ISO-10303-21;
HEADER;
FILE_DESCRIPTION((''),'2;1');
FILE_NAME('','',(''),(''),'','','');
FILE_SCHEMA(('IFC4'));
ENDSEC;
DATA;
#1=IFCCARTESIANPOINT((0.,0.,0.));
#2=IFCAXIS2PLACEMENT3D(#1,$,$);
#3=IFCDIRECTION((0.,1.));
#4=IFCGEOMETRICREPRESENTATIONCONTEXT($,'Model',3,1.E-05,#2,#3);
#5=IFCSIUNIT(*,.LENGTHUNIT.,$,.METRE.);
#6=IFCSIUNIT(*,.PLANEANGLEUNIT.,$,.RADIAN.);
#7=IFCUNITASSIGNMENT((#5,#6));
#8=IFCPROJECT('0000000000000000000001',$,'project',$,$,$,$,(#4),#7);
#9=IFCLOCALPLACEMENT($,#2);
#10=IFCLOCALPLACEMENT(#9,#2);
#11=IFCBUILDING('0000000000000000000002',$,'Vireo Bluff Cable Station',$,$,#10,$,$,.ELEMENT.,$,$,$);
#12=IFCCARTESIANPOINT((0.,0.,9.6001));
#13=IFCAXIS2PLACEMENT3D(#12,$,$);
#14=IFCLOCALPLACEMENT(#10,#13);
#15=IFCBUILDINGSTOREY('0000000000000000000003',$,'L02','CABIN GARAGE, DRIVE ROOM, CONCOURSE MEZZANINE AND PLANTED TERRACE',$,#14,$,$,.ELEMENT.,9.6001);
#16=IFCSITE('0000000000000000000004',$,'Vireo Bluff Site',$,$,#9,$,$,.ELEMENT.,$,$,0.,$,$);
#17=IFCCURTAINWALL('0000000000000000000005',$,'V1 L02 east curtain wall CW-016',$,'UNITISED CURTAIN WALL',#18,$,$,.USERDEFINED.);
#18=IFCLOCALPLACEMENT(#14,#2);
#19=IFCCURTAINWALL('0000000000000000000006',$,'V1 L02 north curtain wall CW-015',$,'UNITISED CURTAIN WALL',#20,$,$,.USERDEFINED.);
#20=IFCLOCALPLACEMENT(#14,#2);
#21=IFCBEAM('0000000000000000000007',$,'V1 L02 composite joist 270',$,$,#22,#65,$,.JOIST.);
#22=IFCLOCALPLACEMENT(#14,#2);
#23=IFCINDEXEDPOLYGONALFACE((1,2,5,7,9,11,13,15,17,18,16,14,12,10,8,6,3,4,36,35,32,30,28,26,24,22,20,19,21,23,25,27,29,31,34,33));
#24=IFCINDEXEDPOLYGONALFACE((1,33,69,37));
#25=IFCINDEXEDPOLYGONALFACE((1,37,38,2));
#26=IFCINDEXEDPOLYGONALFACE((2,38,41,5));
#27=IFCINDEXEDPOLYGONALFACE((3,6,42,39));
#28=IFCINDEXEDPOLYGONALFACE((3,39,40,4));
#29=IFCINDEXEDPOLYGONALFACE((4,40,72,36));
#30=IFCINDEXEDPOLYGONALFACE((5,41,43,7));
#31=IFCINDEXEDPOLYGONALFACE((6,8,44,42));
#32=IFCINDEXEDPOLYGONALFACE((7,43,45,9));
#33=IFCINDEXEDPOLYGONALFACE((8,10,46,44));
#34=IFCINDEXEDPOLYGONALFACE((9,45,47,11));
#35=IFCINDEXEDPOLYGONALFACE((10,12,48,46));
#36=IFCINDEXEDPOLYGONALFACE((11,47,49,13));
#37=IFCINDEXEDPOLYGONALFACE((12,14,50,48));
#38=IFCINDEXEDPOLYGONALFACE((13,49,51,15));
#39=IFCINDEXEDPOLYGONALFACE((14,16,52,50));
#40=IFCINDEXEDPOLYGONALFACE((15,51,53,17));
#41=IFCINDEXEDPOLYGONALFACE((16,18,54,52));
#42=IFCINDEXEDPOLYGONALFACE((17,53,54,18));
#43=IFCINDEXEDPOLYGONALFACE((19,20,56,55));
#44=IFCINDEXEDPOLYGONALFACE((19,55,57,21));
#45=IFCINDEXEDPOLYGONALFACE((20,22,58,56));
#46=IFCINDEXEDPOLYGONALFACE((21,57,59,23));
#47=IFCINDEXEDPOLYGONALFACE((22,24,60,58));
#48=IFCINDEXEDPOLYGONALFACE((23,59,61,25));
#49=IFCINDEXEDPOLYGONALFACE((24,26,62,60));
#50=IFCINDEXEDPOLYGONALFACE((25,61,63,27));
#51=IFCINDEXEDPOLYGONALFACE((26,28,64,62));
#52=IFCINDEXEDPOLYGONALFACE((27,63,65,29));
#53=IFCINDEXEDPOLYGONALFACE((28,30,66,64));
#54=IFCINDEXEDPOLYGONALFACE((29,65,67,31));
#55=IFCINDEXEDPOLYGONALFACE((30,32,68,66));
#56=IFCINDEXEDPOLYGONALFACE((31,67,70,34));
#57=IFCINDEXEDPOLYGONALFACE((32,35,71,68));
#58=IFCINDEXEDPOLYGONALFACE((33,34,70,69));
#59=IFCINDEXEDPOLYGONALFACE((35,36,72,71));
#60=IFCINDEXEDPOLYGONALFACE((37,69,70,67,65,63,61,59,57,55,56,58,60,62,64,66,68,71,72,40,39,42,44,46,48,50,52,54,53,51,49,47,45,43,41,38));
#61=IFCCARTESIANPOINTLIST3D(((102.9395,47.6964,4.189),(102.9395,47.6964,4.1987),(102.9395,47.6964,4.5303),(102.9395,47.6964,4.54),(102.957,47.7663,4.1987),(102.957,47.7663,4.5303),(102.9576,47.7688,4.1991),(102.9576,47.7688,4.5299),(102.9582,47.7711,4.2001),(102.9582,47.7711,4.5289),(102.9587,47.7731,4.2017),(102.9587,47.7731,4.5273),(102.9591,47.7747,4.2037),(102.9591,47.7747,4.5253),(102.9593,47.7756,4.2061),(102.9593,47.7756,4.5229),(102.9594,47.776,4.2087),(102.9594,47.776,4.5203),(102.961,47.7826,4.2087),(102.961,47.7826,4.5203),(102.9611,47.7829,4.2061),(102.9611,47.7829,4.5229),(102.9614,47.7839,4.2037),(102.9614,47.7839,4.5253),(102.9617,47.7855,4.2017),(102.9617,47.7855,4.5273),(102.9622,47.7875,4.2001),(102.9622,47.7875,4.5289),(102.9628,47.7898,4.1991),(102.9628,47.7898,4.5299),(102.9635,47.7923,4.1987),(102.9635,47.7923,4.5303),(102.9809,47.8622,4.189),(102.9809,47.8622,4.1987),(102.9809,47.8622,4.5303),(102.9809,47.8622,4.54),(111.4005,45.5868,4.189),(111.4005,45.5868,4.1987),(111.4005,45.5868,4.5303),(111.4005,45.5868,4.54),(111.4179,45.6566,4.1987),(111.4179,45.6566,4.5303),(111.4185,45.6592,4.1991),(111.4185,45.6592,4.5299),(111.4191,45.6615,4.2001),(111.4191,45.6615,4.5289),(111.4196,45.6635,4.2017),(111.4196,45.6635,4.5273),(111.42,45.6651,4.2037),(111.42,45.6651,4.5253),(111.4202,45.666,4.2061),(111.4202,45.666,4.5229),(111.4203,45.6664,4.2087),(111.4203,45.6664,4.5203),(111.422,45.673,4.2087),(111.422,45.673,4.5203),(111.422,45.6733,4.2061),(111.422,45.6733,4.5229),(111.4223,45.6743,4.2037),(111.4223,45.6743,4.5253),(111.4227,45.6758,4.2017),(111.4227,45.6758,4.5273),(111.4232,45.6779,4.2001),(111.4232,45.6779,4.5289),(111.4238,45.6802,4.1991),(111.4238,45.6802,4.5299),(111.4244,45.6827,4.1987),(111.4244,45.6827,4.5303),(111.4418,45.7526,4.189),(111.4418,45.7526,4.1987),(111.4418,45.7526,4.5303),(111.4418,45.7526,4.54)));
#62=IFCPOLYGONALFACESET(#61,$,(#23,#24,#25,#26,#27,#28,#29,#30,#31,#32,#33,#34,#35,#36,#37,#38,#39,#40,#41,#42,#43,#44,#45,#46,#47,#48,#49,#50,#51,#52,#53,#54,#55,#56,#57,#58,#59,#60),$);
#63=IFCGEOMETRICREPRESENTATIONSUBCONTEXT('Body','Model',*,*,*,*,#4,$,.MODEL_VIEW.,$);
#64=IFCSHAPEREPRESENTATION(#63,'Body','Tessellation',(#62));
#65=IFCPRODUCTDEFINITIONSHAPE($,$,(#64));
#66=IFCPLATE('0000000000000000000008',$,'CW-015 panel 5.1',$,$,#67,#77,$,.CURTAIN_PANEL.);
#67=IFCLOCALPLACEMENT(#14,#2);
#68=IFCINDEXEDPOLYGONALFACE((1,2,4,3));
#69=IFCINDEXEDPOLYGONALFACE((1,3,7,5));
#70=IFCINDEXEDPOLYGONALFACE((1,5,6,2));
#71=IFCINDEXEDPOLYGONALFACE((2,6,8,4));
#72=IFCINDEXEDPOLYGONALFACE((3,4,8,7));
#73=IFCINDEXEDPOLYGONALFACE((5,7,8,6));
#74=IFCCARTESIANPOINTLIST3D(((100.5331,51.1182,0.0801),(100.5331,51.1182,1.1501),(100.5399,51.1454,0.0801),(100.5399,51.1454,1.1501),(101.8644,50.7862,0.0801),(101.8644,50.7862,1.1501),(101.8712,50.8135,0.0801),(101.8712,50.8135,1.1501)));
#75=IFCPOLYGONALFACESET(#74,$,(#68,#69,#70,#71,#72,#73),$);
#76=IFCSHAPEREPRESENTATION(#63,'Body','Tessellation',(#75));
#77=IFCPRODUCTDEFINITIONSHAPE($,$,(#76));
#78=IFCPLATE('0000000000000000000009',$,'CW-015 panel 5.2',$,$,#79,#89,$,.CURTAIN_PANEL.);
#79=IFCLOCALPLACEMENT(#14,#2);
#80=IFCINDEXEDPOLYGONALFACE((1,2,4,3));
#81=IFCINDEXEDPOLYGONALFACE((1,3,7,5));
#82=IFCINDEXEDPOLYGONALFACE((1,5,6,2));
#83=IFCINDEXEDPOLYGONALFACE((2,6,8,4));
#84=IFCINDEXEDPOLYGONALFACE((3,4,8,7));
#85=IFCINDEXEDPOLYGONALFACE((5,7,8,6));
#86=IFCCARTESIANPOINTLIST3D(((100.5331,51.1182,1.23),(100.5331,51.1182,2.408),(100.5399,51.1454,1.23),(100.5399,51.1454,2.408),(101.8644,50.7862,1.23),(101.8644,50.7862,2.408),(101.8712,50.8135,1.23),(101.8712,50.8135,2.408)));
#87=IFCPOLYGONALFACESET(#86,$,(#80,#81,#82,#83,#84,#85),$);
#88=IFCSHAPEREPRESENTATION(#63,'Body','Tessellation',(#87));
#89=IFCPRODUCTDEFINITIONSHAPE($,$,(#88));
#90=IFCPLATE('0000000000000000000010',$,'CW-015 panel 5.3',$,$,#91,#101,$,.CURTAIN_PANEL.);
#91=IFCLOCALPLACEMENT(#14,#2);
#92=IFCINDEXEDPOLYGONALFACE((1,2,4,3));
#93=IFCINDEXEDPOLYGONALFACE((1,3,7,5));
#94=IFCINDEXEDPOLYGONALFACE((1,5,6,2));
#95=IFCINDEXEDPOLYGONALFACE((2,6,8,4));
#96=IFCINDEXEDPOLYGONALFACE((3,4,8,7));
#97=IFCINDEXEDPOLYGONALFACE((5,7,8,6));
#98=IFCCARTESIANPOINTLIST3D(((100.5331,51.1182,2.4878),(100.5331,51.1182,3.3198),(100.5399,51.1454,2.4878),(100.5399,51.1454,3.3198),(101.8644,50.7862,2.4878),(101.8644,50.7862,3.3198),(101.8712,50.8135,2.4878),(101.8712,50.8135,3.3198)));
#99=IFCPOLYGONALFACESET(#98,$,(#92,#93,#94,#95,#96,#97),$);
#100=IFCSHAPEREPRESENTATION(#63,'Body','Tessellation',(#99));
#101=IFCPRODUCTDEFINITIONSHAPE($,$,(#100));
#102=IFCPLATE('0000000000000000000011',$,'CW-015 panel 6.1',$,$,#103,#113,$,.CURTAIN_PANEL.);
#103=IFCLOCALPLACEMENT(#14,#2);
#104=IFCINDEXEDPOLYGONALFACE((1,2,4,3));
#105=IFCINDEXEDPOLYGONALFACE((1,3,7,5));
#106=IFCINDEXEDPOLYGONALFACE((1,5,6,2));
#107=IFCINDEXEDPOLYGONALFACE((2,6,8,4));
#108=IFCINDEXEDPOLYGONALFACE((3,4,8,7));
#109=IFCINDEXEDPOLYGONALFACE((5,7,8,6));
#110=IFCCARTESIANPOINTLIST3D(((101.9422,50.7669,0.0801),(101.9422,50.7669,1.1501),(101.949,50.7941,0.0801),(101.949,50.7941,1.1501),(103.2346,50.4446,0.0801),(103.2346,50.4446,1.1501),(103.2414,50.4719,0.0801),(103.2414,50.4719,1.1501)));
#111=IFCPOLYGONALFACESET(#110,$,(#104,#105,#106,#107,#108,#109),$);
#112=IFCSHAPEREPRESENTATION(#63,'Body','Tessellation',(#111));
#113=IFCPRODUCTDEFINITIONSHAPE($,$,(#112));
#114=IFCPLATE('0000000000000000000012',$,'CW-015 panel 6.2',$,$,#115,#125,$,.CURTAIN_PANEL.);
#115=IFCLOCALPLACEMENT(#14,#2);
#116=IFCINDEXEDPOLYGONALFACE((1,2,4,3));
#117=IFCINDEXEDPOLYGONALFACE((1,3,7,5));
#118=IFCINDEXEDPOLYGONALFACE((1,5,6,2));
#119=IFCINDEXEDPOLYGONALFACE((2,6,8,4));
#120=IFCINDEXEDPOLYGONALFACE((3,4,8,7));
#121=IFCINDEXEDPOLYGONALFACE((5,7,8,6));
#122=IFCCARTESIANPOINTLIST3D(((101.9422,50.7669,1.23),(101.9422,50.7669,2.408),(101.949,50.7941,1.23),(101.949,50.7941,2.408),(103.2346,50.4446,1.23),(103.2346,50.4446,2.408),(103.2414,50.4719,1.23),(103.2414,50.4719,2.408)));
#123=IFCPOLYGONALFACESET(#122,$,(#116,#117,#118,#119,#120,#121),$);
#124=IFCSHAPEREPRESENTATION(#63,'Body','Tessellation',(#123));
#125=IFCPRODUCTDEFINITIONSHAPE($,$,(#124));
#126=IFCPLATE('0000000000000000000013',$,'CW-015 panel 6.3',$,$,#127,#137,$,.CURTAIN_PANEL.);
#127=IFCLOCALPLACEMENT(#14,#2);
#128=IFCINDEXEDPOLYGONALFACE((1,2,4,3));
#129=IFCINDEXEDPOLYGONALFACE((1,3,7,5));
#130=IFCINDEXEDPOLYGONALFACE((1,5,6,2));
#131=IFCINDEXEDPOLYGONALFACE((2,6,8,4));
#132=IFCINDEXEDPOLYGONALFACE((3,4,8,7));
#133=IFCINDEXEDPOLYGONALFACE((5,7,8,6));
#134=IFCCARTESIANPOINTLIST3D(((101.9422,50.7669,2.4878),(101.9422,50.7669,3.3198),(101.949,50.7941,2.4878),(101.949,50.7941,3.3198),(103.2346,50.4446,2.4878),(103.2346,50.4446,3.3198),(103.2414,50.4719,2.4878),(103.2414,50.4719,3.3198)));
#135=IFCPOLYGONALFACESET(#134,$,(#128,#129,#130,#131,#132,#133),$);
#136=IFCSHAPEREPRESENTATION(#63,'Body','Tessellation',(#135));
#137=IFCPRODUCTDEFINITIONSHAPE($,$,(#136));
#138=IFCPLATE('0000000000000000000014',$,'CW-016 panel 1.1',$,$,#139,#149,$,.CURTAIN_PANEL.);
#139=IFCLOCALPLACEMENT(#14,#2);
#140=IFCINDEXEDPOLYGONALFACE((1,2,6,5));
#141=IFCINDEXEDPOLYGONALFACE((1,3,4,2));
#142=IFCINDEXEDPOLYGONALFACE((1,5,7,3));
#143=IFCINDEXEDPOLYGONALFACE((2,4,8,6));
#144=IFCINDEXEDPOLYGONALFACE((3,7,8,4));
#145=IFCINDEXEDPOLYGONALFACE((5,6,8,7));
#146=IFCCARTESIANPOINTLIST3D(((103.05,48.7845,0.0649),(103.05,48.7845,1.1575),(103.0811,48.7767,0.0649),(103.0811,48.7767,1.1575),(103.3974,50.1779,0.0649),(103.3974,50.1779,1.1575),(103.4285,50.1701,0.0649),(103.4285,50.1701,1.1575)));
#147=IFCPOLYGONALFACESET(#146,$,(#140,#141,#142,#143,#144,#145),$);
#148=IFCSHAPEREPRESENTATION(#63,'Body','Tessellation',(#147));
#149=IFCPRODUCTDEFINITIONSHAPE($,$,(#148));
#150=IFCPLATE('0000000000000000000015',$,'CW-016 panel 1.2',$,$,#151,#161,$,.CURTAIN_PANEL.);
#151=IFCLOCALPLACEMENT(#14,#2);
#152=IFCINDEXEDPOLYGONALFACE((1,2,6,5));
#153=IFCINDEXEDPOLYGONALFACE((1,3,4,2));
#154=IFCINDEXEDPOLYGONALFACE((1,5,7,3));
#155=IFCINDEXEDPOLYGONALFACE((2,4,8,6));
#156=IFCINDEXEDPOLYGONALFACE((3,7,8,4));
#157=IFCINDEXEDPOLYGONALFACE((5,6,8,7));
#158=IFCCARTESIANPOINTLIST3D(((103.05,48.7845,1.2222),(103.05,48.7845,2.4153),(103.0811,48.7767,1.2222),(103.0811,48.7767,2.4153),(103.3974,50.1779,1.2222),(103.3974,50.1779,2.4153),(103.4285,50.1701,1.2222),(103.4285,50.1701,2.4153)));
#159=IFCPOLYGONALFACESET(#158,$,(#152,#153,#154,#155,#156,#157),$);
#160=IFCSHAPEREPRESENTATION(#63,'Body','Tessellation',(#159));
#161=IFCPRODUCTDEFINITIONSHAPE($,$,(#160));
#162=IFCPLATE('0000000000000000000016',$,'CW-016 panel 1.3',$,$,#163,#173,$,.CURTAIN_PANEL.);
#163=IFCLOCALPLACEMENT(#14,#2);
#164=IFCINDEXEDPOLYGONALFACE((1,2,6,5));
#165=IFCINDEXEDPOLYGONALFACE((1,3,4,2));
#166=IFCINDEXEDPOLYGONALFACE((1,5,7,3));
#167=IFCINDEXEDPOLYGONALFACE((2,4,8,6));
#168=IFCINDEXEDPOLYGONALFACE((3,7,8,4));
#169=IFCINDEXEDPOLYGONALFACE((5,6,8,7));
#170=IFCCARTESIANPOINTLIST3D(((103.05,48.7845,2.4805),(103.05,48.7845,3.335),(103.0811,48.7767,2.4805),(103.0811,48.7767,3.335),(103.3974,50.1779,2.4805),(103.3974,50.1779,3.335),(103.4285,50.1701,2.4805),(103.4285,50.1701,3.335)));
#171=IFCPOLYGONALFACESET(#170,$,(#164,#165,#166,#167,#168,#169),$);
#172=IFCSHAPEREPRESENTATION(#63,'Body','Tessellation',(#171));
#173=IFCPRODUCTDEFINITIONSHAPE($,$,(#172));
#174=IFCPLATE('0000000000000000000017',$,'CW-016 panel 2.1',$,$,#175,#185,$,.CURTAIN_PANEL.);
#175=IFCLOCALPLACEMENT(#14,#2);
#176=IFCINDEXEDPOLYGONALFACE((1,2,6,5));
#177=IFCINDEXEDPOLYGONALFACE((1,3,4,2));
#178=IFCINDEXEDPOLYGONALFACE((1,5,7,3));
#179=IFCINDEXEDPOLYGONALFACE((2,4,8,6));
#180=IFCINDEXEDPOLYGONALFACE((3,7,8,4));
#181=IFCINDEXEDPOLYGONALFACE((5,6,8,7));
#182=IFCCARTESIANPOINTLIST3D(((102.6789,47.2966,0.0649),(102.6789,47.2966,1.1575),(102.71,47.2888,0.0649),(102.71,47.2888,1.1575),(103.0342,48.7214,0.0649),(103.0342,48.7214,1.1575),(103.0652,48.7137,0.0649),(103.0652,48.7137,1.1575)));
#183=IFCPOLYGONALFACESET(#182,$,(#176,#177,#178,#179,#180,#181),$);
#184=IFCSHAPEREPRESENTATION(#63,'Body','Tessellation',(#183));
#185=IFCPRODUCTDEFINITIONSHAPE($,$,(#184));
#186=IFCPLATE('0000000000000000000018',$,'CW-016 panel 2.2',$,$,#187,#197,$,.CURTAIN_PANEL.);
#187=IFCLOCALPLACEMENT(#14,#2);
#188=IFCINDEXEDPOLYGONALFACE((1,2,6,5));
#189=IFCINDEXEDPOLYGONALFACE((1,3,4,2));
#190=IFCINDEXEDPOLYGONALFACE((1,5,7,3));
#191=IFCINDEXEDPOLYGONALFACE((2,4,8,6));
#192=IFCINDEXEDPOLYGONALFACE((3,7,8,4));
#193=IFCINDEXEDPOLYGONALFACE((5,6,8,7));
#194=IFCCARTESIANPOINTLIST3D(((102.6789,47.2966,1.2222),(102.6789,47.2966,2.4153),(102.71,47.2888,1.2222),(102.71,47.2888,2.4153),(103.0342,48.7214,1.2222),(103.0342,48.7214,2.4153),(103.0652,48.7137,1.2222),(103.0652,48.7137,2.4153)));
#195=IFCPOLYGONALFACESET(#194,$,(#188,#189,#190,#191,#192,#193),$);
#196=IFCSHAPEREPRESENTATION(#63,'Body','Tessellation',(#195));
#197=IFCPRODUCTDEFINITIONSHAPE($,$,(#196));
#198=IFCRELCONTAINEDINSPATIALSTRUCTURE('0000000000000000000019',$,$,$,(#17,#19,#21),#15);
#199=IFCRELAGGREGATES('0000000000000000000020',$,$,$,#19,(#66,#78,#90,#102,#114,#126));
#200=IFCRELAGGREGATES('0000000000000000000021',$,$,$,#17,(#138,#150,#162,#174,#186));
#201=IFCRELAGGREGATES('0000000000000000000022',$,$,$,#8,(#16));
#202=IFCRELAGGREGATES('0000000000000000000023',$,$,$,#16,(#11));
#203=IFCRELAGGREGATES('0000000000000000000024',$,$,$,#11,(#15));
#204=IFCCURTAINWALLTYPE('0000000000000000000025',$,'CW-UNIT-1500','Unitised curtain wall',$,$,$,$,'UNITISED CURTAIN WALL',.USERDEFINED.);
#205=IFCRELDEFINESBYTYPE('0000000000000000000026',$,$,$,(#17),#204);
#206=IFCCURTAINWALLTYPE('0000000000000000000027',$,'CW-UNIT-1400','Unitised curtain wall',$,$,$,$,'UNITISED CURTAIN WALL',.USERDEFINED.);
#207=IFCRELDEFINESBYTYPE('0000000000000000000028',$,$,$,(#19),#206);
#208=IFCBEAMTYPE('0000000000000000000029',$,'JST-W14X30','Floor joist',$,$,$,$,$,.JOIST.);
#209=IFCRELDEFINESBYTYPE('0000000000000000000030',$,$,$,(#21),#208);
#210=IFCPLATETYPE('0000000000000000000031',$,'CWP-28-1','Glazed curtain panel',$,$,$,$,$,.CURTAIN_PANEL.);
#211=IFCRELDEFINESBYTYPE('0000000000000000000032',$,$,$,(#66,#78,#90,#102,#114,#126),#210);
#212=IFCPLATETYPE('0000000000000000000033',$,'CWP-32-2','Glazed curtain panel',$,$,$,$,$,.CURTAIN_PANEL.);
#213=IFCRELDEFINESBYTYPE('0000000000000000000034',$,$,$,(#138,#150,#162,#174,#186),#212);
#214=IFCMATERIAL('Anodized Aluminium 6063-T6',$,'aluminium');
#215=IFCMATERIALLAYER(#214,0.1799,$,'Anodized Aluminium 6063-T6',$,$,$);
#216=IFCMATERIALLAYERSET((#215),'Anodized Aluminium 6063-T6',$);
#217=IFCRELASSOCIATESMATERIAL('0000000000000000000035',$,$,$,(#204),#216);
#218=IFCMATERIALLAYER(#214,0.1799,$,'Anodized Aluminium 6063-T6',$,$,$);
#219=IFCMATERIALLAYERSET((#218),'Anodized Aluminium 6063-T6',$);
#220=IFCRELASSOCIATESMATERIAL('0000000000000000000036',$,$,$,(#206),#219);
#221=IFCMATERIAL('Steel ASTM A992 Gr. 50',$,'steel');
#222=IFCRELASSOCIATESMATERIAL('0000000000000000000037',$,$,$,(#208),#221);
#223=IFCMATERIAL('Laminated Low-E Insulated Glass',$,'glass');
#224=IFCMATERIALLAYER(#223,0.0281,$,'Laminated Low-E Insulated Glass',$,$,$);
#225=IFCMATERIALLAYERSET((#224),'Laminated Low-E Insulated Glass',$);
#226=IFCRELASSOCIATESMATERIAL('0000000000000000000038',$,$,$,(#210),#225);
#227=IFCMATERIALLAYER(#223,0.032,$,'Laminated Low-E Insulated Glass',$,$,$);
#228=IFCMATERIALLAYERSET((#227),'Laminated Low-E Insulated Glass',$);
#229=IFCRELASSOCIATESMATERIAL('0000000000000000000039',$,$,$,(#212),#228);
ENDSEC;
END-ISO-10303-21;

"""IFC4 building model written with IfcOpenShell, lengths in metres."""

from ifc_helpers import new_model, si_unit, direction, frame, origin, origin_2d, place, context, subcontext, project, spatial, rectangle, i_section, extrude, material, layer, layer_set, material_profile, profile_set, type_object, element, aggregate, save


model = new_model("IFC4")

# Units and contexts
model_context = context("Model", 3, precision=1e-05, world=origin(), true_north=direction((0.0, 1.0)))
body_context = subcontext(model_context, "Body", "Model", "MODEL_VIEW")
ifc_project = project(units=[si_unit("LENGTHUNIT", "METRE"), si_unit("PLANEANGLEUNIT", "RADIAN")], contexts=[model_context])

# Site, building, storey
site_placement = place(None, origin())
site = spatial("IfcSite", under=ifc_project, at=site_placement, Name="Vireo Bluff Site", CompositionType="ELEMENT", RefElevation=0.0)
building_placement = place(site_placement, origin())
building = spatial("IfcBuilding", under=site, at=building_placement, Name="Vireo Bluff Cable Station", CompositionType="ELEMENT")
storey_placement = place(building_placement, frame((0.0, 0.0, 9.6001)))
storey = spatial("IfcBuildingStorey", under=building, at=storey_placement, Name="L02", Description="CABIN GARAGE, DRIVE ROOM, CONCOURSE MEZZANINE AND PLANTED TERRACE", CompositionType="ELEMENT", Elevation=9.6001)

# Curtain wall
ifc_material_1 = material(Name="Anodized Aluminium 6063-T6", Category="aluminium")
ifc_layer_1 = layer(ifc_material_1, 0.1799, Name="Anodized Aluminium 6063-T6")
ifc_layer_set_1 = layer_set([ifc_layer_1], Name="Anodized Aluminium 6063-T6")
curtain_wall_type_1 = type_object("IfcCurtainWallType", Name="CW-UNIT-1500", Description="Unitised curtain wall", ElementType="UNITISED CURTAIN WALL", PredefinedType="USERDEFINED", material=ifc_layer_set_1)
curtain_wall_1_placement = place(storey_placement, origin())
curtain_wall_1 = element("IfcCurtainWall", 1, at=curtain_wall_1_placement, inside=storey, type_object=curtain_wall_type_1, Name="V1 L02 east curtain wall CW-016", ObjectType="UNITISED CURTAIN WALL", PredefinedType="USERDEFINED")

# Curtain wall
ifc_layer_2 = layer(ifc_material_1, 0.1799, Name="Anodized Aluminium 6063-T6")
ifc_layer_set_2 = layer_set([ifc_layer_2], Name="Anodized Aluminium 6063-T6")
curtain_wall_type_2 = type_object("IfcCurtainWallType", Name="CW-UNIT-1400", Description="Unitised curtain wall", ElementType="UNITISED CURTAIN WALL", PredefinedType="USERDEFINED", material=ifc_layer_set_2)
curtain_wall_2_placement = place(storey_placement, origin())
curtain_wall_2 = element("IfcCurtainWall", 2, at=curtain_wall_2_placement, inside=storey, type_object=curtain_wall_type_2, Name="V1 L02 north curtain wall CW-015", ObjectType="UNITISED CURTAIN WALL", PredefinedType="USERDEFINED")

# Beam
ifc_material_2 = material(Name="Steel ASTM A992 Gr. 50", Category="steel")
ifc_material_profile_1 = material_profile(ifc_material_2, i_section(OverallWidth=0.1709, OverallDepth=0.3511, WebThickness=0.0068, FlangeThickness=0.0098, FilletRadius=0.01, at=origin_2d()), Name="W14X30")
ifc_profile_set_1 = profile_set([ifc_material_profile_1], Name="Steel ASTM A992 Gr. 50")
beam_type = type_object("IfcBeamType", Name="JST-W14X30", Description="Floor joist", PredefinedType="JOIST", material=ifc_profile_set_1)
beam_placement = place(storey_placement, frame((102.9602, 47.7793, 4.3645), z_axis=(0.970294, -0.24193, 0.0), x_axis=(0.24193, 0.970294, 0.0)))
element("IfcBeam", 3, at=beam_placement, inside=storey, type_object=beam_type, Name="V1 L02 composite joist 270", PredefinedType="JOIST", context=body_context, shape_type="SweptSolid", body=[
    extrude(i_section(OverallWidth=0.1709, OverallDepth=0.3511, WebThickness=0.0068, FlangeThickness=0.0098, FilletRadius=0.01, at=origin_2d()), origin(), (0.0, 0.0, 1.0), 8.72),
])

# Plates
ifc_material_3 = material(Name="Laminated Low-E Insulated Glass", Category="glass")
ifc_layer_3 = layer(ifc_material_3, 0.0281, Name="Laminated Low-E Insulated Glass")
ifc_layer_set_3 = layer_set([ifc_layer_3], Name="Laminated Low-E Insulated Glass")
plate_type_1 = type_object("IfcPlateType", Name="CWP-28-1", Description="Glazed curtain panel", PredefinedType="CURTAIN_PANEL", material=ifc_layer_set_3)
plate_1_placement = place(storey_placement, frame((101.2021, 50.9658, 0.0801), z_axis=(0.0, 0.0, 1.0), x_axis=(0.970296, -0.241922, 0.0)))
plate_1 = element("IfcPlate", 4, at=plate_1_placement, type_object=plate_type_1, Name="CW-015 panel 5.1", PredefinedType="CURTAIN_PANEL", context=body_context, shape_type="SweptSolid", body=[
    extrude(rectangle(XDim=1.3721, YDim=0.0281, at=origin_2d()), origin(), (0.0, 0.0, 1.0), 1.0701),
])
plate_2_placement = place(storey_placement, frame((101.2021, 50.9658, 1.23), z_axis=(0.0, 0.0, 1.0), x_axis=(0.970296, -0.241922, 0.0)))
plate_2 = element("IfcPlate", 5, at=plate_2_placement, type_object=plate_type_1, Name="CW-015 panel 5.2", PredefinedType="CURTAIN_PANEL", context=body_context, shape_type="SweptSolid", body=[
    extrude(rectangle(XDim=1.3721, YDim=0.0281, at=origin_2d()), origin(), (0.0, 0.0, 1.0), 1.178),
])
plate_3_placement = place(storey_placement, frame((101.2021, 50.9658, 2.4878), z_axis=(0.0, 0.0, 1.0), x_axis=(0.970296, -0.241922, 0.0)))
plate_3 = element("IfcPlate", 6, at=plate_3_placement, type_object=plate_type_1, Name="CW-015 panel 5.3", PredefinedType="CURTAIN_PANEL", context=body_context, shape_type="SweptSolid", body=[
    extrude(rectangle(XDim=1.3721, YDim=0.0281, at=origin_2d()), origin(), (0.0, 0.0, 1.0), 0.832),
])
plate_4_placement = place(storey_placement, frame((102.5918, 50.6194, 0.0801), z_axis=(0.0, 0.0, 1.0), x_axis=(0.970296, -0.241922, 0.0)))
plate_4 = element("IfcPlate", 7, at=plate_4_placement, type_object=plate_type_1, Name="CW-015 panel 6.1", PredefinedType="CURTAIN_PANEL", context=body_context, shape_type="SweptSolid", body=[
    extrude(rectangle(XDim=1.332, YDim=0.0281, at=origin_2d()), origin(), (0.0, 0.0, 1.0), 1.0701),
])
plate_5_placement = place(storey_placement, frame((102.5918, 50.6194, 1.23), z_axis=(0.0, 0.0, 1.0), x_axis=(0.970296, -0.241922, 0.0)))
plate_5 = element("IfcPlate", 8, at=plate_5_placement, type_object=plate_type_1, Name="CW-015 panel 6.2", PredefinedType="CURTAIN_PANEL", context=body_context, shape_type="SweptSolid", body=[
    extrude(rectangle(XDim=1.332, YDim=0.0281, at=origin_2d()), origin(), (0.0, 0.0, 1.0), 1.178),
])
plate_6_placement = place(storey_placement, frame((102.5918, 50.6194, 2.4878), z_axis=(0.0, 0.0, 1.0), x_axis=(0.970296, -0.241922, 0.0)))
plate_6 = element("IfcPlate", 9, at=plate_6_placement, type_object=plate_type_1, Name="CW-015 panel 6.3", PredefinedType="CURTAIN_PANEL", context=body_context, shape_type="SweptSolid", body=[
    extrude(rectangle(XDim=1.332, YDim=0.0281, at=origin_2d()), origin(), (0.0, 0.0, 1.0), 0.832),
])
aggregate(curtain_wall_2, [plate_1, plate_2, plate_3, plate_4, plate_5, plate_6])
ifc_layer_4 = layer(ifc_material_3, 0.032, Name="Laminated Low-E Insulated Glass")
ifc_layer_set_4 = layer_set([ifc_layer_4], Name="Laminated Low-E Insulated Glass")
plate_type_2 = type_object("IfcPlateType", Name="CWP-32-2", Description="Glazed curtain panel", PredefinedType="CURTAIN_PANEL", material=ifc_layer_set_4)
plate_7_placement = place(storey_placement, frame((103.2393, 49.4773, 0.0649), z_axis=(0.0, 0.0, 1.0), x_axis=(-0.241922, -0.970296, 0.0)))
plate_7 = element("IfcPlate", 10, at=plate_7_placement, type_object=plate_type_2, Name="CW-016 panel 1.1", PredefinedType="CURTAIN_PANEL", context=body_context, shape_type="SweptSolid", body=[
    extrude(rectangle(XDim=1.436, YDim=0.032, at=origin_2d()), origin(), (0.0, 0.0, 1.0), 1.0925),
])
plate_8_placement = place(storey_placement, frame((103.2393, 49.4773, 1.2222), z_axis=(0.0, 0.0, 1.0), x_axis=(-0.241922, -0.970296, 0.0)))
plate_8 = element("IfcPlate", 11, at=plate_8_placement, type_object=plate_type_2, Name="CW-016 panel 1.2", PredefinedType="CURTAIN_PANEL", context=body_context, shape_type="SweptSolid", body=[
    extrude(rectangle(XDim=1.436, YDim=0.032, at=origin_2d()), origin(), (0.0, 0.0, 1.0), 1.1931),
])
plate_9_placement = place(storey_placement, frame((103.2393, 49.4773, 2.4805), z_axis=(0.0, 0.0, 1.0), x_axis=(-0.241922, -0.970296, 0.0)))
plate_9 = element("IfcPlate", 12, at=plate_9_placement, type_object=plate_type_2, Name="CW-016 panel 1.3", PredefinedType="CURTAIN_PANEL", context=body_context, shape_type="SweptSolid", body=[
    extrude(rectangle(XDim=1.436, YDim=0.032, at=origin_2d()), origin(), (0.0, 0.0, 1.0), 0.8545),
])
plate_10_placement = place(storey_placement, frame((102.8721, 48.0051, 0.0649), z_axis=(0.0, 0.0, 1.0), x_axis=(-0.241922, -0.970296, 0.0)))
plate_10 = element("IfcPlate", 13, at=plate_10_placement, type_object=plate_type_2, Name="CW-016 panel 2.1", PredefinedType="CURTAIN_PANEL", context=body_context, shape_type="SweptSolid", body=[
    extrude(rectangle(XDim=1.4685, YDim=0.032, at=origin_2d()), origin(), (0.0, 0.0, 1.0), 1.0925),
])
plate_11_placement = place(storey_placement, frame((102.8721, 48.0051, 1.2222), z_axis=(0.0, 0.0, 1.0), x_axis=(-0.241922, -0.970296, 0.0)))
plate_11 = element("IfcPlate", 14, at=plate_11_placement, type_object=plate_type_2, Name="CW-016 panel 2.2", PredefinedType="CURTAIN_PANEL", context=body_context, shape_type="SweptSolid", body=[
    extrude(rectangle(XDim=1.4685, YDim=0.032, at=origin_2d()), origin(), (0.0, 0.0, 1.0), 1.1931),
])
aggregate(curtain_wall_1, [plate_7, plate_8, plate_9, plate_10, plate_11])

save(model, "model.ifc")
